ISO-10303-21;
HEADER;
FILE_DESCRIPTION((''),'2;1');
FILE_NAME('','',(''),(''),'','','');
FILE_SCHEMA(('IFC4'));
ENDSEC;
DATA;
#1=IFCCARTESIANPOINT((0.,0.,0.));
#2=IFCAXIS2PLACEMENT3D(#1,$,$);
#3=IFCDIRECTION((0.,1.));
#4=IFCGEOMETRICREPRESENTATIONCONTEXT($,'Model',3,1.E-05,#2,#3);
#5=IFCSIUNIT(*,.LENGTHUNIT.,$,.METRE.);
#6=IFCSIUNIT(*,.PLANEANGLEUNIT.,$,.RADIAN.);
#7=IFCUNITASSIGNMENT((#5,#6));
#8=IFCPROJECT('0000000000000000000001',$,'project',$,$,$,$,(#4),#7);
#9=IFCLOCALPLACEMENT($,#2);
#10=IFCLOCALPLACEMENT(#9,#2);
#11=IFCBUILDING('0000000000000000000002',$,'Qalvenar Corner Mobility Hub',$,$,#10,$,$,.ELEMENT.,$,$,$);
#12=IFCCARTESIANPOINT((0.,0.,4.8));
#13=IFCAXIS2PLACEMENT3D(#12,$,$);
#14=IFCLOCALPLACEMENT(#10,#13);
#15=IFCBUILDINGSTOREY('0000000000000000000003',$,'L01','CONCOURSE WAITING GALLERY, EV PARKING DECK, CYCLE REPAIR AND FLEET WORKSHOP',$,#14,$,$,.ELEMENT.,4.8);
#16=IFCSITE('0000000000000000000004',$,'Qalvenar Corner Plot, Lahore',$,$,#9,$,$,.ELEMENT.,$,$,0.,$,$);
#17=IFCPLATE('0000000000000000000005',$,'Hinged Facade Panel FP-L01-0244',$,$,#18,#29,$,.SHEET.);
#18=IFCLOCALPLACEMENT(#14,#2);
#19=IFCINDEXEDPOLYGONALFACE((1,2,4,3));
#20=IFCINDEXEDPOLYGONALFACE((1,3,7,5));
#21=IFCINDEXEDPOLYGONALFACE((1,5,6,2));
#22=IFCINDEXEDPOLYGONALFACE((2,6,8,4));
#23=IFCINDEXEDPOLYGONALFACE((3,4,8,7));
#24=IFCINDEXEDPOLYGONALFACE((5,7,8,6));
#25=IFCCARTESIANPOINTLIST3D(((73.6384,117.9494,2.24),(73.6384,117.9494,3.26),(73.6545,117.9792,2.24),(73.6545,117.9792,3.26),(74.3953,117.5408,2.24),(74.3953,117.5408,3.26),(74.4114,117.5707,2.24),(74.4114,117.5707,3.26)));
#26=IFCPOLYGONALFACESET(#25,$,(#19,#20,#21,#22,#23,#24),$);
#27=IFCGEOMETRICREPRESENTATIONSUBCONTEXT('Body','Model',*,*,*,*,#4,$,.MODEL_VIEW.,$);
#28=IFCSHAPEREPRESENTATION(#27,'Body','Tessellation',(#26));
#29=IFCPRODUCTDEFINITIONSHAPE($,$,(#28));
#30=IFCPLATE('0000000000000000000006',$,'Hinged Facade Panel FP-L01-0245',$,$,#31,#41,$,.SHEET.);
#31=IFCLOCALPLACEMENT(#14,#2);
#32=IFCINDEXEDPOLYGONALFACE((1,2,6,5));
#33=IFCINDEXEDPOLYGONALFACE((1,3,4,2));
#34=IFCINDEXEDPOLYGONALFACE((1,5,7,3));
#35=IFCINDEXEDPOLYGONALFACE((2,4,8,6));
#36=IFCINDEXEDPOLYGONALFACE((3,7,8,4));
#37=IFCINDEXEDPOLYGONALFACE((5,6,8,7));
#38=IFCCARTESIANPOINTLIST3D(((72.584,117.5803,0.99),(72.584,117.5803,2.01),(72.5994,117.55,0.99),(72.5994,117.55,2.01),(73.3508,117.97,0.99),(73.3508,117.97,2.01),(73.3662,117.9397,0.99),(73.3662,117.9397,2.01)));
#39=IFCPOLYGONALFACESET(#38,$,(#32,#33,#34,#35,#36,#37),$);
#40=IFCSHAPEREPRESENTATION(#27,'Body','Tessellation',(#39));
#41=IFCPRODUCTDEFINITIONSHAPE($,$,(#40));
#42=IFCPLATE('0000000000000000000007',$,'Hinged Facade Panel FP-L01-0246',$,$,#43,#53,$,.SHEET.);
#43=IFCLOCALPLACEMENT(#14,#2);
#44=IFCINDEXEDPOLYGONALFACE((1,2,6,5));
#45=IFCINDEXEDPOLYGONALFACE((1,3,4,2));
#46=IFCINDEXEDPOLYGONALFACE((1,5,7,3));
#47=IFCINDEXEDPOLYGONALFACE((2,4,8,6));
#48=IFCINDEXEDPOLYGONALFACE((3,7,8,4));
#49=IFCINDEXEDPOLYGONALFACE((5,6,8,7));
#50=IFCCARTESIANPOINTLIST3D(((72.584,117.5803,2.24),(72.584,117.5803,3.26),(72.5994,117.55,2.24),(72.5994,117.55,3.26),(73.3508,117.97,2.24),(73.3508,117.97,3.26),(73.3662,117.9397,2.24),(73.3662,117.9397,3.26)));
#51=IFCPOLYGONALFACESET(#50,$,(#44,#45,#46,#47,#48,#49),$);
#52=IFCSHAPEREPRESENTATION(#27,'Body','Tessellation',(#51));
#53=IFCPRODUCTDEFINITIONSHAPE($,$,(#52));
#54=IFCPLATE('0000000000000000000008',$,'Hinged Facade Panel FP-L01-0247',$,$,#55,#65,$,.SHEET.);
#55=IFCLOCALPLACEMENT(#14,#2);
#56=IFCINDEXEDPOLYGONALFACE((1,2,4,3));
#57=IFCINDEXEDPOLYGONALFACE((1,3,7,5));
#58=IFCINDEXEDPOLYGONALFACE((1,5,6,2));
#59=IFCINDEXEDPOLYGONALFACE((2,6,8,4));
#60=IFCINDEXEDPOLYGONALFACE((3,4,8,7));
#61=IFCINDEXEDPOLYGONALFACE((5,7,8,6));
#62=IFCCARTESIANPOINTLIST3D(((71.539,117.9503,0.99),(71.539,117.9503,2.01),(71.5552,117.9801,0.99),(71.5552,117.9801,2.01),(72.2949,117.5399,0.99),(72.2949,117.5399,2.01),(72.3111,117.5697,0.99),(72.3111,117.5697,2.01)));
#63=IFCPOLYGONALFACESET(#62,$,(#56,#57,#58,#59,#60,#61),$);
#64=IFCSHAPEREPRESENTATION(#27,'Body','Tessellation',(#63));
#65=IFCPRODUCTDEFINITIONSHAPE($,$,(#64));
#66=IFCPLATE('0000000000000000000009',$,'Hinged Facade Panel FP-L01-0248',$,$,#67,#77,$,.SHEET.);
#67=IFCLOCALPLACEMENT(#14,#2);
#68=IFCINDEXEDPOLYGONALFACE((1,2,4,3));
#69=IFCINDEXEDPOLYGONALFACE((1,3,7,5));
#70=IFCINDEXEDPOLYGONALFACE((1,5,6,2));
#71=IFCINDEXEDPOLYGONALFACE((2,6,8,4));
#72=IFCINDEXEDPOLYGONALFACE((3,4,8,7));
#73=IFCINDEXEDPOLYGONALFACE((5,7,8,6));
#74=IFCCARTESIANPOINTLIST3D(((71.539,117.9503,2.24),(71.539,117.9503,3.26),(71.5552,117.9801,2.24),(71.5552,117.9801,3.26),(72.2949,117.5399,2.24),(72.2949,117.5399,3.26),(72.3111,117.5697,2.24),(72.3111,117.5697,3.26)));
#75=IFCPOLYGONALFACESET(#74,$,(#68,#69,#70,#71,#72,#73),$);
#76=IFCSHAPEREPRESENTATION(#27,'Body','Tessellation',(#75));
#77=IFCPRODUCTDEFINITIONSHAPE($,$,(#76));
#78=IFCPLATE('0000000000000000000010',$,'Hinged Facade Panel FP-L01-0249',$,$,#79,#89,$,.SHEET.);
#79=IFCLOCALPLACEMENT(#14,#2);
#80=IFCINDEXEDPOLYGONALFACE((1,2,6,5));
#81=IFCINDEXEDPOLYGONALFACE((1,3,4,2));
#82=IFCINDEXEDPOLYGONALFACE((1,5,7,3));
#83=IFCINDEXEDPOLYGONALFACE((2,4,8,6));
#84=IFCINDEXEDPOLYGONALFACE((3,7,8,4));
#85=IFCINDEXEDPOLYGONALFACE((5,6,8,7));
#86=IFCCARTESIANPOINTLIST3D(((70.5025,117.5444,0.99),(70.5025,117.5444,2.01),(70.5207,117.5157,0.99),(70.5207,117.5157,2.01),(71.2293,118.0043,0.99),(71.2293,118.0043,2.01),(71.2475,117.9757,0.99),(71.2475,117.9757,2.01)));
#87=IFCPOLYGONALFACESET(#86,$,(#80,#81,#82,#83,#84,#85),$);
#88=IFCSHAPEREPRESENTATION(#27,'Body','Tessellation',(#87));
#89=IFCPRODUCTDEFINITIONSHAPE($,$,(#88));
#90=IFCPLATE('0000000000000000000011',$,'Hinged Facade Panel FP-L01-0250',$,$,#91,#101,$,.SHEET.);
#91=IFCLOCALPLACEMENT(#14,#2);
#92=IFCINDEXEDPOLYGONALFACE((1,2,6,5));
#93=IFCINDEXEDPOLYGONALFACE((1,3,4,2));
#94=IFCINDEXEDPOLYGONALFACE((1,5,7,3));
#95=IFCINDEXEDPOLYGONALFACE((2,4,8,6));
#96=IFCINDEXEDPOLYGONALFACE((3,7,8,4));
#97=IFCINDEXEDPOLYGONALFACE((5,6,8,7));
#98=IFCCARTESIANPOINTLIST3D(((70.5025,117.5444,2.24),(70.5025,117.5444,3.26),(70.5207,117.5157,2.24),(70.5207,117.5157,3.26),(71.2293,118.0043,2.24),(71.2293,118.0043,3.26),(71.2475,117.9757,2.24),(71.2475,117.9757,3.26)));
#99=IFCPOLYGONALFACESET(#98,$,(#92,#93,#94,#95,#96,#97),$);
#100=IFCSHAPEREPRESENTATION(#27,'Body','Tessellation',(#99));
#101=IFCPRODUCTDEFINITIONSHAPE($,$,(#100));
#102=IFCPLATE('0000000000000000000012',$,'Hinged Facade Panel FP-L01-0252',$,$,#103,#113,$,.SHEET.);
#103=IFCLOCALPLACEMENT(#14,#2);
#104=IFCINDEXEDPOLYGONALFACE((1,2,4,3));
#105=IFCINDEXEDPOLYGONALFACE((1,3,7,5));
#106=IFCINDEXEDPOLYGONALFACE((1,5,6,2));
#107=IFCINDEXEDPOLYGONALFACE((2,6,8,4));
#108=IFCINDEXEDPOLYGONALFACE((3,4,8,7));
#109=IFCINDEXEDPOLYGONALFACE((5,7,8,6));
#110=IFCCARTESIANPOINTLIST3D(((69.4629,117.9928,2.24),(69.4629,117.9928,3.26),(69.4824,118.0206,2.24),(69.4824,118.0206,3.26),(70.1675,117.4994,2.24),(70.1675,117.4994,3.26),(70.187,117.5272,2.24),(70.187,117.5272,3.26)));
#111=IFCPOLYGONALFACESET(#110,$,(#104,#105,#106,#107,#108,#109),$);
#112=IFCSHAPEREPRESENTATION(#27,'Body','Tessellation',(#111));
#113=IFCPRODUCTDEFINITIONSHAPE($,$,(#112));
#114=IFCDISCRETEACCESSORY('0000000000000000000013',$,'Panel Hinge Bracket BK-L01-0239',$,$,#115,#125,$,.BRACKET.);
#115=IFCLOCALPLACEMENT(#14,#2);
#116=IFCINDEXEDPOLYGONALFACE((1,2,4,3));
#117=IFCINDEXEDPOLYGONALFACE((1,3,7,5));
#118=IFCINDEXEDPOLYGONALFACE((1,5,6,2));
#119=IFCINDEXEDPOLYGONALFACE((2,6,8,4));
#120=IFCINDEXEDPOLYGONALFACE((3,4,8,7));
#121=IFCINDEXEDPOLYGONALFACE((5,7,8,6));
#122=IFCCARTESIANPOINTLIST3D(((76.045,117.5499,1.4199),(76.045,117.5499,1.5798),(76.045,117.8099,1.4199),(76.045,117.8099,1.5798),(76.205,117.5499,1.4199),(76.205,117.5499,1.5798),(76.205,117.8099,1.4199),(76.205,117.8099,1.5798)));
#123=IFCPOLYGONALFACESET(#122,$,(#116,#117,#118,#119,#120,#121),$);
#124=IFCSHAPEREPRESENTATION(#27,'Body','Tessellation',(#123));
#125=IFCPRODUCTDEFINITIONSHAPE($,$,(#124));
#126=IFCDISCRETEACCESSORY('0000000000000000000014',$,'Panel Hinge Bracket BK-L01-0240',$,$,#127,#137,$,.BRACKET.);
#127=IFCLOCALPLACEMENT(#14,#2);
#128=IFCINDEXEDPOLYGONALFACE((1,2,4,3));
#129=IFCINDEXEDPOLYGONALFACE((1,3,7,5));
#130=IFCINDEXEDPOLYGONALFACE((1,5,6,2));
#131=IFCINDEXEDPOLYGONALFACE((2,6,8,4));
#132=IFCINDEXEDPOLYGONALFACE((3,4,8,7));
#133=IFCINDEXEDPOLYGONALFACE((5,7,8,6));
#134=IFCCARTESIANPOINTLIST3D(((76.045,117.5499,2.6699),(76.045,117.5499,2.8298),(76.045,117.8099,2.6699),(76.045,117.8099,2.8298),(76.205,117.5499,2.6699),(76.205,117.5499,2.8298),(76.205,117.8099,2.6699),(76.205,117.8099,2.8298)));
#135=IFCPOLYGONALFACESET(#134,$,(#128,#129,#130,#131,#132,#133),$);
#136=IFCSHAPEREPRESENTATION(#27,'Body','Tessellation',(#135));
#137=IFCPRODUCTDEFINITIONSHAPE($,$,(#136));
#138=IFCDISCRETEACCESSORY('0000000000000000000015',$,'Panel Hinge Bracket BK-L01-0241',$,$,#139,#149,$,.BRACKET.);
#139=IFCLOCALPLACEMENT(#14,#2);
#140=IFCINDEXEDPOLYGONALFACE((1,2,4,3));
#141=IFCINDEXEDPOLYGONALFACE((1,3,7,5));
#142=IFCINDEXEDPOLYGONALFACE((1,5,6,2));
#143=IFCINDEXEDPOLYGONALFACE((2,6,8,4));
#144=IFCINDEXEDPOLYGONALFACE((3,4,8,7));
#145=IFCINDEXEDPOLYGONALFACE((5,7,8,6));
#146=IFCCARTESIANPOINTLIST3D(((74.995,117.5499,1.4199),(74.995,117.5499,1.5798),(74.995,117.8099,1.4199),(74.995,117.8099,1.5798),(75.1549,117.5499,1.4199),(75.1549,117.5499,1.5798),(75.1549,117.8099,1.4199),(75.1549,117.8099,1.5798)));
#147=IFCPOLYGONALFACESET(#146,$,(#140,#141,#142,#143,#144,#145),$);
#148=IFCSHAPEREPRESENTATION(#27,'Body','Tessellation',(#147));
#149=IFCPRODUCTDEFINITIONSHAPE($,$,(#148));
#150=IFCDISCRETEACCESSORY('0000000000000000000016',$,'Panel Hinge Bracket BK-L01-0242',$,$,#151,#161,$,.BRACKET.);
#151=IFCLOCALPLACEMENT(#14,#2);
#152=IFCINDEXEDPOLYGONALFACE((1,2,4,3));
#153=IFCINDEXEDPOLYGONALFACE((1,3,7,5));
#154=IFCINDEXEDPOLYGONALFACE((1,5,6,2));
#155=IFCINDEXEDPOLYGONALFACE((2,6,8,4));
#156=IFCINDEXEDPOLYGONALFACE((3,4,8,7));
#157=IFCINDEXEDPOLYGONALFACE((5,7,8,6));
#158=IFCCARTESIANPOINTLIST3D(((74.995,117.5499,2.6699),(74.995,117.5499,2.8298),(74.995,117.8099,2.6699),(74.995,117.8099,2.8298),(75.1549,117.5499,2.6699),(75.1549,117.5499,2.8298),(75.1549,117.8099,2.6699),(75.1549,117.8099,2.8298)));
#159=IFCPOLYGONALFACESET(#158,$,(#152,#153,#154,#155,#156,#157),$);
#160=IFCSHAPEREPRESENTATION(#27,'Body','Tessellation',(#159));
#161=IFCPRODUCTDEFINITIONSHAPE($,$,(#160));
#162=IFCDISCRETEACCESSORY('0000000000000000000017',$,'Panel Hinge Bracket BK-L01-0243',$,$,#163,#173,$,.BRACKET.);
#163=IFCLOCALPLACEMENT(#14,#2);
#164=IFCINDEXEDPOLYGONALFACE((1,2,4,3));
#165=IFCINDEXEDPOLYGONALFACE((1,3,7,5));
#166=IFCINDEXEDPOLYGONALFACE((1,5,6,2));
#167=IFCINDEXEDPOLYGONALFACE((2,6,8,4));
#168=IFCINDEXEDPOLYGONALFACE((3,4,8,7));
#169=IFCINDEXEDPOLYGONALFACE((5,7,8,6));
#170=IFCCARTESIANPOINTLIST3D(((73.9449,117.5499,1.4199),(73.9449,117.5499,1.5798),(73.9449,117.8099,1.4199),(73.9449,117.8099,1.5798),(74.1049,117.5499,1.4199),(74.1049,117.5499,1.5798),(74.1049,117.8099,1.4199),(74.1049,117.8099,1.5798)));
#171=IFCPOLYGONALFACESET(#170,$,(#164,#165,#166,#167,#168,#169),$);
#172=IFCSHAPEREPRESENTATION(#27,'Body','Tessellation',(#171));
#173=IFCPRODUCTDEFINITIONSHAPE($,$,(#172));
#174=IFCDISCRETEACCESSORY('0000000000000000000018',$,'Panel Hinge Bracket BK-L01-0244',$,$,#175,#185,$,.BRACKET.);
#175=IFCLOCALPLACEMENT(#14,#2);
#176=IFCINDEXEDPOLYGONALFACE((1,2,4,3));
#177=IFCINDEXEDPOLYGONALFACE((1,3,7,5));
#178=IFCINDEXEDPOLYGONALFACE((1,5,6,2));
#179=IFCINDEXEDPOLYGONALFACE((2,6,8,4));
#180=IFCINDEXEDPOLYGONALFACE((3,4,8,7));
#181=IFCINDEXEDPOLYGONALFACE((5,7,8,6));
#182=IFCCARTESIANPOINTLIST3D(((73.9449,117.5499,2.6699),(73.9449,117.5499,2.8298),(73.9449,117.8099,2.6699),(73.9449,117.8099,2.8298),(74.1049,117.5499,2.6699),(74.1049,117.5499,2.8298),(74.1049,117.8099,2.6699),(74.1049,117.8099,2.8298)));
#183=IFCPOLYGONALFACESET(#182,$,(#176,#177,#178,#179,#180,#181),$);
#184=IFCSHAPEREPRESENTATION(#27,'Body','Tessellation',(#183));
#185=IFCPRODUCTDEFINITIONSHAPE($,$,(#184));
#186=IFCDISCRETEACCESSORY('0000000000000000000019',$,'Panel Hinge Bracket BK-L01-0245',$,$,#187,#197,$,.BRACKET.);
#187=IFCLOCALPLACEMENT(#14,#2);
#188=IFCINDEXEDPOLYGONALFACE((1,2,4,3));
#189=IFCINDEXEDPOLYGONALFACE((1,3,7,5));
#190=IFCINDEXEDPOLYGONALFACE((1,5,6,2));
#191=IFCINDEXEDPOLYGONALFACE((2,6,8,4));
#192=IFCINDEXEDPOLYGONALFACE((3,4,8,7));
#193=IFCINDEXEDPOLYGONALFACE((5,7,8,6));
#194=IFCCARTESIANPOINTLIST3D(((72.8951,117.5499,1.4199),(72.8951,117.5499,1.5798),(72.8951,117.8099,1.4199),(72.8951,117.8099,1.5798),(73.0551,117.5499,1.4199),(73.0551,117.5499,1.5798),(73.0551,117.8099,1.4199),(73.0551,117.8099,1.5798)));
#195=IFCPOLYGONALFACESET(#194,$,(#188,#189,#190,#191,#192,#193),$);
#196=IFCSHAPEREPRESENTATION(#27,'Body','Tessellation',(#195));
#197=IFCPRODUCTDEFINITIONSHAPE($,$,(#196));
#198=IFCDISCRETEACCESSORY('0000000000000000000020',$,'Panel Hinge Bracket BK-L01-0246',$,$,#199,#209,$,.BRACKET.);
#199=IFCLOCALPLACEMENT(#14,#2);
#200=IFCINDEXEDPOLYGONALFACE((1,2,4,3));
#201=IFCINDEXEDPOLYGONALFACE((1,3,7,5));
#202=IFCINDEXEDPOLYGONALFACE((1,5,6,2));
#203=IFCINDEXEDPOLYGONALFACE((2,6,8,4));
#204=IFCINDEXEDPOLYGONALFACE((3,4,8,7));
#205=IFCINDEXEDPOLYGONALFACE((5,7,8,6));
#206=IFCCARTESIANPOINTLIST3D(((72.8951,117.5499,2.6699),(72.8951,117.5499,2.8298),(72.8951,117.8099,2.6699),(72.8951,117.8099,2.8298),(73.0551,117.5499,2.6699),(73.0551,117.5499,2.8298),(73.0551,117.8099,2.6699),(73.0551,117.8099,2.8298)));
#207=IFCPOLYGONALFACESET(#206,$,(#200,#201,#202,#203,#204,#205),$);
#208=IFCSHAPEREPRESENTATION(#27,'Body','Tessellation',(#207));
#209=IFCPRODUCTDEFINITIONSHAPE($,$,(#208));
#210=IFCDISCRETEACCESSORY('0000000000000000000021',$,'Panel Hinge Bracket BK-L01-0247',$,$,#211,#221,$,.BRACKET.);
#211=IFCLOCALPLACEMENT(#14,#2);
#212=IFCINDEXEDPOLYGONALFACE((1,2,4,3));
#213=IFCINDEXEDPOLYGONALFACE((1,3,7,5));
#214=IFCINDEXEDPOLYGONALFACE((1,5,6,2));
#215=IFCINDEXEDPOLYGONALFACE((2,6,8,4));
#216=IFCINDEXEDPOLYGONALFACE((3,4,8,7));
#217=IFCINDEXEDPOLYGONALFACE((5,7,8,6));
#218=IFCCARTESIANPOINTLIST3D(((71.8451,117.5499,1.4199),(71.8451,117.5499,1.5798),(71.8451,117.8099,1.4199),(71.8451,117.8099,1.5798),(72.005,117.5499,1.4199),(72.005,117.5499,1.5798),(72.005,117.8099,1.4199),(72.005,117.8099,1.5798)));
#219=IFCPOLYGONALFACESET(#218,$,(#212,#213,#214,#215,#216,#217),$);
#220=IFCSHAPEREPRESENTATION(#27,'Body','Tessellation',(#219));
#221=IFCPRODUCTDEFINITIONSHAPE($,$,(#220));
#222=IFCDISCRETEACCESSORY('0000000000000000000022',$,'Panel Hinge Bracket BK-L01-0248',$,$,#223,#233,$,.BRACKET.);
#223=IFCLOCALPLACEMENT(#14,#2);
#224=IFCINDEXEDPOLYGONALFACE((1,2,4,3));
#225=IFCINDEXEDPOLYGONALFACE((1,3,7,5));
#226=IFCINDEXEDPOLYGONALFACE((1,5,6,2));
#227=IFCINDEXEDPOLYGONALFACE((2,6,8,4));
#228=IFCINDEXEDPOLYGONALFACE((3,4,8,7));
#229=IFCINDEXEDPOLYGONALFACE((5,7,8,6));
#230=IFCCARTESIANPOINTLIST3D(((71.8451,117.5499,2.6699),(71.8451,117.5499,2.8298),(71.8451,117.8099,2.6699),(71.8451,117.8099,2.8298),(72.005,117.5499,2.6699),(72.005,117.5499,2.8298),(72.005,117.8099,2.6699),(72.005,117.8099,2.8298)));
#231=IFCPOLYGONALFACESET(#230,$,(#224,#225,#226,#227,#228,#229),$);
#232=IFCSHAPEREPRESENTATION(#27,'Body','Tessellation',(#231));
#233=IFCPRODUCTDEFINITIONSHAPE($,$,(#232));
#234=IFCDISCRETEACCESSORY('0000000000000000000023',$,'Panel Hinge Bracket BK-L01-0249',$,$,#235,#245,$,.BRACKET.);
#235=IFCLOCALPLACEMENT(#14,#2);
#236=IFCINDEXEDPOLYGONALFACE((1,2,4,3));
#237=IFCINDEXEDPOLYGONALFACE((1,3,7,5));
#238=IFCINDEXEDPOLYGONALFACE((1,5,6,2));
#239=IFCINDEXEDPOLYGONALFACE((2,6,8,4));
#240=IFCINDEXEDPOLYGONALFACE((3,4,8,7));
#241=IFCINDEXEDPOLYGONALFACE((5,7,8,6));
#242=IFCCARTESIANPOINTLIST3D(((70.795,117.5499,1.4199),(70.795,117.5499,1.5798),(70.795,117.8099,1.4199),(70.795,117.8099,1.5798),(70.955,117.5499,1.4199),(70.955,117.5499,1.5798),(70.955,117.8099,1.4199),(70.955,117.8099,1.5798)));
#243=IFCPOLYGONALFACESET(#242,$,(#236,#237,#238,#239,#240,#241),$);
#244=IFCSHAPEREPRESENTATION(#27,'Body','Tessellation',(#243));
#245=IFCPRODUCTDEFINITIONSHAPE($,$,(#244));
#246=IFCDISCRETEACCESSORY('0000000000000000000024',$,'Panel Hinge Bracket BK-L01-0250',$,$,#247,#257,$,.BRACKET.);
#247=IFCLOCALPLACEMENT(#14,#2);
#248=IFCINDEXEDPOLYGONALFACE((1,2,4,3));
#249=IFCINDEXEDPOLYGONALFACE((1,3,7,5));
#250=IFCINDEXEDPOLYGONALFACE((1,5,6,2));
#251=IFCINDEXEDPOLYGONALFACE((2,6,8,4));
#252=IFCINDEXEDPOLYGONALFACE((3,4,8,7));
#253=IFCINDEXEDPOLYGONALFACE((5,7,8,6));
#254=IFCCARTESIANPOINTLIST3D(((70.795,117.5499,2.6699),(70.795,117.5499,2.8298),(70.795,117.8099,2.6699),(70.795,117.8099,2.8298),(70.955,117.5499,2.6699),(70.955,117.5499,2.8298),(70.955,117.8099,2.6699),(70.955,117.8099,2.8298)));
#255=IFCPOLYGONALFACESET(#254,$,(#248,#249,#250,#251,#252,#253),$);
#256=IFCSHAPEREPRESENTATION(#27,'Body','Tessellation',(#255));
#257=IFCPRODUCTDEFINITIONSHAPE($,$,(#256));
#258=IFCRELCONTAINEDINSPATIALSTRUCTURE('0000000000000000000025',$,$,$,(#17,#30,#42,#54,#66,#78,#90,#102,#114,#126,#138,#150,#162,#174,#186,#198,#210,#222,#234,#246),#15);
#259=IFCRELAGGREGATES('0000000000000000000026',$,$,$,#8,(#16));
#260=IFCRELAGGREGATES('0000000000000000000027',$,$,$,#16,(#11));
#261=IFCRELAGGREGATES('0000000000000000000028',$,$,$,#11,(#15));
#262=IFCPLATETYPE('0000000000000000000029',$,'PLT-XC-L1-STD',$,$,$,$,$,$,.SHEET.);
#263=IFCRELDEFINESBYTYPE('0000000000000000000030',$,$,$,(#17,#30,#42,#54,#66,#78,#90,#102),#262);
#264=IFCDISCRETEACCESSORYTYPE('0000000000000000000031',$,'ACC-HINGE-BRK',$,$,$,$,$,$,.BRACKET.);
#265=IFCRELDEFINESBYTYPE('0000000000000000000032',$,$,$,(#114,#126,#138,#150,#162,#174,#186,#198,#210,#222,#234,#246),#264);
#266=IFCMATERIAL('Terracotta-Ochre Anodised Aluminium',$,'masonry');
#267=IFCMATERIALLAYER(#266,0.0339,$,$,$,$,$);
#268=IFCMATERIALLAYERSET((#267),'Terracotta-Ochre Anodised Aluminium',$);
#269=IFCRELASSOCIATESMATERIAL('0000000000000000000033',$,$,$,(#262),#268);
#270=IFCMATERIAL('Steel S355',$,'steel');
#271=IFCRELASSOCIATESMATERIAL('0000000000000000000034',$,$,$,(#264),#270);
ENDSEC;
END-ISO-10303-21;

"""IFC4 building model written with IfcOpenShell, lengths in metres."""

from ifc_helpers import new_model, si_unit, direction, frame, origin, origin_2d, place, context, subcontext, project, spatial, rectangle, extrude, material, layer, layer_set, type_object, element, save


model = new_model("IFC4")

# Units and contexts
model_context = context("Model", 3, precision=1e-05, world=origin(), true_north=direction((0.0, 1.0)))
body_context = subcontext(model_context, "Body", "Model", "MODEL_VIEW")
ifc_project = project(units=[si_unit("LENGTHUNIT", "METRE"), si_unit("PLANEANGLEUNIT", "RADIAN")], contexts=[model_context])

# Site, building, storey
site_placement = place(None, origin())
site = spatial("IfcSite", under=ifc_project, at=site_placement, Name="Qalvenar Corner Plot, Lahore", CompositionType="ELEMENT", RefElevation=0.0)
building_placement = place(site_placement, origin())
building = spatial("IfcBuilding", under=site, at=building_placement, Name="Qalvenar Corner Mobility Hub", CompositionType="ELEMENT")
storey_placement = place(building_placement, frame((0.0, 0.0, 4.8)))
storey = spatial("IfcBuildingStorey", under=building, at=storey_placement, Name="L01", Description="CONCOURSE WAITING GALLERY, EV PARKING DECK, CYCLE REPAIR AND FLEET WORKSHOP", CompositionType="ELEMENT", Elevation=4.8)

# Shared definitions
ifc_material_1 = material(Name="Steel S355", Category="steel")

# Plates
ifc_material_2 = material(Name="Terracotta-Ochre Anodised Aluminium", Category="masonry")
ifc_layer = layer(ifc_material_2, 0.0339)
ifc_layer_set = layer_set([ifc_layer], Name="Terracotta-Ochre Anodised Aluminium")
plate_type = type_object("IfcPlateType", Name="PLT-XC-L1-STD", PredefinedType="SHEET", material=ifc_layer_set)
for number, where, z_axis, x_axis, name in (
    (1, (74.0249, 117.76, 2.24), (0.0, 0.0, 1.0), (-0.87998, 0.47501, 0.0), "Hinged Facade Panel FP-L01-0244"),
    (2, (72.9751, 117.76, 0.99), (0.0, 0.0, 1.0), (-0.891481, -0.453057, 0.0), "Hinged Facade Panel FP-L01-0245"),
    (3, (72.9751, 117.76, 2.24), (0.0, 0.0, 1.0), (-0.891481, -0.453057, 0.0), "Hinged Facade Panel FP-L01-0246"),
    (4, (71.925, 117.76, 0.99), (0.0, 0.0, 1.0), (-0.878817, 0.477159, 0.0), "Hinged Facade Panel FP-L01-0247"),
    (5, (71.925, 117.76, 2.24), (0.0, 0.0, 1.0), (-0.878817, 0.477159, 0.0), "Hinged Facade Panel FP-L01-0248"),
    (6, (70.875, 117.76, 0.99), (0.0, 0.0, 1.0), (-0.844982, -0.534795, 0.0), "Hinged Facade Panel FP-L01-0249"),
    (7, (70.875, 117.76, 2.24), (0.0, 0.0, 1.0), (-0.844982, -0.534795, 0.0), "Hinged Facade Panel FP-L01-0250"),
    (8, (69.825, 117.76, 2.24), (0.0, 0.0, 1.0), (-0.819152, 0.573576, 0.0), "Hinged Facade Panel FP-L01-0252"),
):
    element("IfcPlate", number, at=place(storey_placement, frame(where, z_axis=z_axis, x_axis=x_axis)), inside=storey, type_object=plate_type, Name=name, PredefinedType="SHEET", context=body_context, shape_type="SweptSolid", body=[
        extrude(rectangle(XDim=0.8601, YDim=0.0339, at=origin_2d()), origin(), (0.0, 0.0, 1.0), 1.02),
    ])

# Discrete accessories
discrete_accessory_type = type_object("IfcDiscreteAccessoryType", Name="ACC-HINGE-BRK", PredefinedType="BRACKET", material=ifc_material_1)
for number, where, z_axis, x_axis, name in (
    (9, (76.125, 117.6799, 1.4199), (0.0, 0.0, 1.0), (-1.0, 0.0, 0.0), "Panel Hinge Bracket BK-L01-0239"),
    (10, (76.125, 117.6799, 2.6699), (0.0, 0.0, 1.0), (-1.0, 0.0, 0.0), "Panel Hinge Bracket BK-L01-0240"),
    (11, (75.075, 117.6799, 1.4199), (0.0, 0.0, 1.0), (-1.0, 0.0, 0.0), "Panel Hinge Bracket BK-L01-0241"),
    (12, (75.075, 117.6799, 2.6699), (0.0, 0.0, 1.0), (-1.0, 0.0, 0.0), "Panel Hinge Bracket BK-L01-0242"),
    (13, (74.0249, 117.6799, 1.4199), (0.0, 0.0, 1.0), (-1.0, 0.0, 0.0), "Panel Hinge Bracket BK-L01-0243"),
    (14, (74.0249, 117.6799, 2.6699), (0.0, 0.0, 1.0), (-1.0, 0.0, 0.0), "Panel Hinge Bracket BK-L01-0244"),
    (15, (72.9751, 117.6799, 1.4199), (0.0, 0.0, 1.0), (-1.0, 0.0, 0.0), "Panel Hinge Bracket BK-L01-0245"),
    (16, (72.9751, 117.6799, 2.6699), (0.0, 0.0, 1.0), (-1.0, 0.0, 0.0), "Panel Hinge Bracket BK-L01-0246"),
    (17, (71.925, 117.6799, 1.4199), (0.0, 0.0, 1.0), (-1.0, 0.0, 0.0), "Panel Hinge Bracket BK-L01-0247"),
    (18, (71.925, 117.6799, 2.6699), (0.0, 0.0, 1.0), (-1.0, 0.0, 0.0), "Panel Hinge Bracket BK-L01-0248"),
    (19, (70.875, 117.6799, 1.4199), (0.0, 0.0, 1.0), (-1.0, 0.0, 0.0), "Panel Hinge Bracket BK-L01-0249"),
    (20, (70.875, 117.6799, 2.6699), (0.0, 0.0, 1.0), (-1.0, 0.0, 0.0), "Panel Hinge Bracket BK-L01-0250"),
):
    element("IfcDiscreteAccessory", number, at=place(storey_placement, frame(where, z_axis=z_axis, x_axis=x_axis)), inside=storey, type_object=discrete_accessory_type, Name=name, PredefinedType="BRACKET", context=body_context, shape_type="SweptSolid", body=[
        extrude(rectangle(XDim=0.1599, YDim=0.26, at=origin_2d()), origin(), (0.0, 0.0, 1.0), 0.1599),
    ])

save(model, "model.ifc")
